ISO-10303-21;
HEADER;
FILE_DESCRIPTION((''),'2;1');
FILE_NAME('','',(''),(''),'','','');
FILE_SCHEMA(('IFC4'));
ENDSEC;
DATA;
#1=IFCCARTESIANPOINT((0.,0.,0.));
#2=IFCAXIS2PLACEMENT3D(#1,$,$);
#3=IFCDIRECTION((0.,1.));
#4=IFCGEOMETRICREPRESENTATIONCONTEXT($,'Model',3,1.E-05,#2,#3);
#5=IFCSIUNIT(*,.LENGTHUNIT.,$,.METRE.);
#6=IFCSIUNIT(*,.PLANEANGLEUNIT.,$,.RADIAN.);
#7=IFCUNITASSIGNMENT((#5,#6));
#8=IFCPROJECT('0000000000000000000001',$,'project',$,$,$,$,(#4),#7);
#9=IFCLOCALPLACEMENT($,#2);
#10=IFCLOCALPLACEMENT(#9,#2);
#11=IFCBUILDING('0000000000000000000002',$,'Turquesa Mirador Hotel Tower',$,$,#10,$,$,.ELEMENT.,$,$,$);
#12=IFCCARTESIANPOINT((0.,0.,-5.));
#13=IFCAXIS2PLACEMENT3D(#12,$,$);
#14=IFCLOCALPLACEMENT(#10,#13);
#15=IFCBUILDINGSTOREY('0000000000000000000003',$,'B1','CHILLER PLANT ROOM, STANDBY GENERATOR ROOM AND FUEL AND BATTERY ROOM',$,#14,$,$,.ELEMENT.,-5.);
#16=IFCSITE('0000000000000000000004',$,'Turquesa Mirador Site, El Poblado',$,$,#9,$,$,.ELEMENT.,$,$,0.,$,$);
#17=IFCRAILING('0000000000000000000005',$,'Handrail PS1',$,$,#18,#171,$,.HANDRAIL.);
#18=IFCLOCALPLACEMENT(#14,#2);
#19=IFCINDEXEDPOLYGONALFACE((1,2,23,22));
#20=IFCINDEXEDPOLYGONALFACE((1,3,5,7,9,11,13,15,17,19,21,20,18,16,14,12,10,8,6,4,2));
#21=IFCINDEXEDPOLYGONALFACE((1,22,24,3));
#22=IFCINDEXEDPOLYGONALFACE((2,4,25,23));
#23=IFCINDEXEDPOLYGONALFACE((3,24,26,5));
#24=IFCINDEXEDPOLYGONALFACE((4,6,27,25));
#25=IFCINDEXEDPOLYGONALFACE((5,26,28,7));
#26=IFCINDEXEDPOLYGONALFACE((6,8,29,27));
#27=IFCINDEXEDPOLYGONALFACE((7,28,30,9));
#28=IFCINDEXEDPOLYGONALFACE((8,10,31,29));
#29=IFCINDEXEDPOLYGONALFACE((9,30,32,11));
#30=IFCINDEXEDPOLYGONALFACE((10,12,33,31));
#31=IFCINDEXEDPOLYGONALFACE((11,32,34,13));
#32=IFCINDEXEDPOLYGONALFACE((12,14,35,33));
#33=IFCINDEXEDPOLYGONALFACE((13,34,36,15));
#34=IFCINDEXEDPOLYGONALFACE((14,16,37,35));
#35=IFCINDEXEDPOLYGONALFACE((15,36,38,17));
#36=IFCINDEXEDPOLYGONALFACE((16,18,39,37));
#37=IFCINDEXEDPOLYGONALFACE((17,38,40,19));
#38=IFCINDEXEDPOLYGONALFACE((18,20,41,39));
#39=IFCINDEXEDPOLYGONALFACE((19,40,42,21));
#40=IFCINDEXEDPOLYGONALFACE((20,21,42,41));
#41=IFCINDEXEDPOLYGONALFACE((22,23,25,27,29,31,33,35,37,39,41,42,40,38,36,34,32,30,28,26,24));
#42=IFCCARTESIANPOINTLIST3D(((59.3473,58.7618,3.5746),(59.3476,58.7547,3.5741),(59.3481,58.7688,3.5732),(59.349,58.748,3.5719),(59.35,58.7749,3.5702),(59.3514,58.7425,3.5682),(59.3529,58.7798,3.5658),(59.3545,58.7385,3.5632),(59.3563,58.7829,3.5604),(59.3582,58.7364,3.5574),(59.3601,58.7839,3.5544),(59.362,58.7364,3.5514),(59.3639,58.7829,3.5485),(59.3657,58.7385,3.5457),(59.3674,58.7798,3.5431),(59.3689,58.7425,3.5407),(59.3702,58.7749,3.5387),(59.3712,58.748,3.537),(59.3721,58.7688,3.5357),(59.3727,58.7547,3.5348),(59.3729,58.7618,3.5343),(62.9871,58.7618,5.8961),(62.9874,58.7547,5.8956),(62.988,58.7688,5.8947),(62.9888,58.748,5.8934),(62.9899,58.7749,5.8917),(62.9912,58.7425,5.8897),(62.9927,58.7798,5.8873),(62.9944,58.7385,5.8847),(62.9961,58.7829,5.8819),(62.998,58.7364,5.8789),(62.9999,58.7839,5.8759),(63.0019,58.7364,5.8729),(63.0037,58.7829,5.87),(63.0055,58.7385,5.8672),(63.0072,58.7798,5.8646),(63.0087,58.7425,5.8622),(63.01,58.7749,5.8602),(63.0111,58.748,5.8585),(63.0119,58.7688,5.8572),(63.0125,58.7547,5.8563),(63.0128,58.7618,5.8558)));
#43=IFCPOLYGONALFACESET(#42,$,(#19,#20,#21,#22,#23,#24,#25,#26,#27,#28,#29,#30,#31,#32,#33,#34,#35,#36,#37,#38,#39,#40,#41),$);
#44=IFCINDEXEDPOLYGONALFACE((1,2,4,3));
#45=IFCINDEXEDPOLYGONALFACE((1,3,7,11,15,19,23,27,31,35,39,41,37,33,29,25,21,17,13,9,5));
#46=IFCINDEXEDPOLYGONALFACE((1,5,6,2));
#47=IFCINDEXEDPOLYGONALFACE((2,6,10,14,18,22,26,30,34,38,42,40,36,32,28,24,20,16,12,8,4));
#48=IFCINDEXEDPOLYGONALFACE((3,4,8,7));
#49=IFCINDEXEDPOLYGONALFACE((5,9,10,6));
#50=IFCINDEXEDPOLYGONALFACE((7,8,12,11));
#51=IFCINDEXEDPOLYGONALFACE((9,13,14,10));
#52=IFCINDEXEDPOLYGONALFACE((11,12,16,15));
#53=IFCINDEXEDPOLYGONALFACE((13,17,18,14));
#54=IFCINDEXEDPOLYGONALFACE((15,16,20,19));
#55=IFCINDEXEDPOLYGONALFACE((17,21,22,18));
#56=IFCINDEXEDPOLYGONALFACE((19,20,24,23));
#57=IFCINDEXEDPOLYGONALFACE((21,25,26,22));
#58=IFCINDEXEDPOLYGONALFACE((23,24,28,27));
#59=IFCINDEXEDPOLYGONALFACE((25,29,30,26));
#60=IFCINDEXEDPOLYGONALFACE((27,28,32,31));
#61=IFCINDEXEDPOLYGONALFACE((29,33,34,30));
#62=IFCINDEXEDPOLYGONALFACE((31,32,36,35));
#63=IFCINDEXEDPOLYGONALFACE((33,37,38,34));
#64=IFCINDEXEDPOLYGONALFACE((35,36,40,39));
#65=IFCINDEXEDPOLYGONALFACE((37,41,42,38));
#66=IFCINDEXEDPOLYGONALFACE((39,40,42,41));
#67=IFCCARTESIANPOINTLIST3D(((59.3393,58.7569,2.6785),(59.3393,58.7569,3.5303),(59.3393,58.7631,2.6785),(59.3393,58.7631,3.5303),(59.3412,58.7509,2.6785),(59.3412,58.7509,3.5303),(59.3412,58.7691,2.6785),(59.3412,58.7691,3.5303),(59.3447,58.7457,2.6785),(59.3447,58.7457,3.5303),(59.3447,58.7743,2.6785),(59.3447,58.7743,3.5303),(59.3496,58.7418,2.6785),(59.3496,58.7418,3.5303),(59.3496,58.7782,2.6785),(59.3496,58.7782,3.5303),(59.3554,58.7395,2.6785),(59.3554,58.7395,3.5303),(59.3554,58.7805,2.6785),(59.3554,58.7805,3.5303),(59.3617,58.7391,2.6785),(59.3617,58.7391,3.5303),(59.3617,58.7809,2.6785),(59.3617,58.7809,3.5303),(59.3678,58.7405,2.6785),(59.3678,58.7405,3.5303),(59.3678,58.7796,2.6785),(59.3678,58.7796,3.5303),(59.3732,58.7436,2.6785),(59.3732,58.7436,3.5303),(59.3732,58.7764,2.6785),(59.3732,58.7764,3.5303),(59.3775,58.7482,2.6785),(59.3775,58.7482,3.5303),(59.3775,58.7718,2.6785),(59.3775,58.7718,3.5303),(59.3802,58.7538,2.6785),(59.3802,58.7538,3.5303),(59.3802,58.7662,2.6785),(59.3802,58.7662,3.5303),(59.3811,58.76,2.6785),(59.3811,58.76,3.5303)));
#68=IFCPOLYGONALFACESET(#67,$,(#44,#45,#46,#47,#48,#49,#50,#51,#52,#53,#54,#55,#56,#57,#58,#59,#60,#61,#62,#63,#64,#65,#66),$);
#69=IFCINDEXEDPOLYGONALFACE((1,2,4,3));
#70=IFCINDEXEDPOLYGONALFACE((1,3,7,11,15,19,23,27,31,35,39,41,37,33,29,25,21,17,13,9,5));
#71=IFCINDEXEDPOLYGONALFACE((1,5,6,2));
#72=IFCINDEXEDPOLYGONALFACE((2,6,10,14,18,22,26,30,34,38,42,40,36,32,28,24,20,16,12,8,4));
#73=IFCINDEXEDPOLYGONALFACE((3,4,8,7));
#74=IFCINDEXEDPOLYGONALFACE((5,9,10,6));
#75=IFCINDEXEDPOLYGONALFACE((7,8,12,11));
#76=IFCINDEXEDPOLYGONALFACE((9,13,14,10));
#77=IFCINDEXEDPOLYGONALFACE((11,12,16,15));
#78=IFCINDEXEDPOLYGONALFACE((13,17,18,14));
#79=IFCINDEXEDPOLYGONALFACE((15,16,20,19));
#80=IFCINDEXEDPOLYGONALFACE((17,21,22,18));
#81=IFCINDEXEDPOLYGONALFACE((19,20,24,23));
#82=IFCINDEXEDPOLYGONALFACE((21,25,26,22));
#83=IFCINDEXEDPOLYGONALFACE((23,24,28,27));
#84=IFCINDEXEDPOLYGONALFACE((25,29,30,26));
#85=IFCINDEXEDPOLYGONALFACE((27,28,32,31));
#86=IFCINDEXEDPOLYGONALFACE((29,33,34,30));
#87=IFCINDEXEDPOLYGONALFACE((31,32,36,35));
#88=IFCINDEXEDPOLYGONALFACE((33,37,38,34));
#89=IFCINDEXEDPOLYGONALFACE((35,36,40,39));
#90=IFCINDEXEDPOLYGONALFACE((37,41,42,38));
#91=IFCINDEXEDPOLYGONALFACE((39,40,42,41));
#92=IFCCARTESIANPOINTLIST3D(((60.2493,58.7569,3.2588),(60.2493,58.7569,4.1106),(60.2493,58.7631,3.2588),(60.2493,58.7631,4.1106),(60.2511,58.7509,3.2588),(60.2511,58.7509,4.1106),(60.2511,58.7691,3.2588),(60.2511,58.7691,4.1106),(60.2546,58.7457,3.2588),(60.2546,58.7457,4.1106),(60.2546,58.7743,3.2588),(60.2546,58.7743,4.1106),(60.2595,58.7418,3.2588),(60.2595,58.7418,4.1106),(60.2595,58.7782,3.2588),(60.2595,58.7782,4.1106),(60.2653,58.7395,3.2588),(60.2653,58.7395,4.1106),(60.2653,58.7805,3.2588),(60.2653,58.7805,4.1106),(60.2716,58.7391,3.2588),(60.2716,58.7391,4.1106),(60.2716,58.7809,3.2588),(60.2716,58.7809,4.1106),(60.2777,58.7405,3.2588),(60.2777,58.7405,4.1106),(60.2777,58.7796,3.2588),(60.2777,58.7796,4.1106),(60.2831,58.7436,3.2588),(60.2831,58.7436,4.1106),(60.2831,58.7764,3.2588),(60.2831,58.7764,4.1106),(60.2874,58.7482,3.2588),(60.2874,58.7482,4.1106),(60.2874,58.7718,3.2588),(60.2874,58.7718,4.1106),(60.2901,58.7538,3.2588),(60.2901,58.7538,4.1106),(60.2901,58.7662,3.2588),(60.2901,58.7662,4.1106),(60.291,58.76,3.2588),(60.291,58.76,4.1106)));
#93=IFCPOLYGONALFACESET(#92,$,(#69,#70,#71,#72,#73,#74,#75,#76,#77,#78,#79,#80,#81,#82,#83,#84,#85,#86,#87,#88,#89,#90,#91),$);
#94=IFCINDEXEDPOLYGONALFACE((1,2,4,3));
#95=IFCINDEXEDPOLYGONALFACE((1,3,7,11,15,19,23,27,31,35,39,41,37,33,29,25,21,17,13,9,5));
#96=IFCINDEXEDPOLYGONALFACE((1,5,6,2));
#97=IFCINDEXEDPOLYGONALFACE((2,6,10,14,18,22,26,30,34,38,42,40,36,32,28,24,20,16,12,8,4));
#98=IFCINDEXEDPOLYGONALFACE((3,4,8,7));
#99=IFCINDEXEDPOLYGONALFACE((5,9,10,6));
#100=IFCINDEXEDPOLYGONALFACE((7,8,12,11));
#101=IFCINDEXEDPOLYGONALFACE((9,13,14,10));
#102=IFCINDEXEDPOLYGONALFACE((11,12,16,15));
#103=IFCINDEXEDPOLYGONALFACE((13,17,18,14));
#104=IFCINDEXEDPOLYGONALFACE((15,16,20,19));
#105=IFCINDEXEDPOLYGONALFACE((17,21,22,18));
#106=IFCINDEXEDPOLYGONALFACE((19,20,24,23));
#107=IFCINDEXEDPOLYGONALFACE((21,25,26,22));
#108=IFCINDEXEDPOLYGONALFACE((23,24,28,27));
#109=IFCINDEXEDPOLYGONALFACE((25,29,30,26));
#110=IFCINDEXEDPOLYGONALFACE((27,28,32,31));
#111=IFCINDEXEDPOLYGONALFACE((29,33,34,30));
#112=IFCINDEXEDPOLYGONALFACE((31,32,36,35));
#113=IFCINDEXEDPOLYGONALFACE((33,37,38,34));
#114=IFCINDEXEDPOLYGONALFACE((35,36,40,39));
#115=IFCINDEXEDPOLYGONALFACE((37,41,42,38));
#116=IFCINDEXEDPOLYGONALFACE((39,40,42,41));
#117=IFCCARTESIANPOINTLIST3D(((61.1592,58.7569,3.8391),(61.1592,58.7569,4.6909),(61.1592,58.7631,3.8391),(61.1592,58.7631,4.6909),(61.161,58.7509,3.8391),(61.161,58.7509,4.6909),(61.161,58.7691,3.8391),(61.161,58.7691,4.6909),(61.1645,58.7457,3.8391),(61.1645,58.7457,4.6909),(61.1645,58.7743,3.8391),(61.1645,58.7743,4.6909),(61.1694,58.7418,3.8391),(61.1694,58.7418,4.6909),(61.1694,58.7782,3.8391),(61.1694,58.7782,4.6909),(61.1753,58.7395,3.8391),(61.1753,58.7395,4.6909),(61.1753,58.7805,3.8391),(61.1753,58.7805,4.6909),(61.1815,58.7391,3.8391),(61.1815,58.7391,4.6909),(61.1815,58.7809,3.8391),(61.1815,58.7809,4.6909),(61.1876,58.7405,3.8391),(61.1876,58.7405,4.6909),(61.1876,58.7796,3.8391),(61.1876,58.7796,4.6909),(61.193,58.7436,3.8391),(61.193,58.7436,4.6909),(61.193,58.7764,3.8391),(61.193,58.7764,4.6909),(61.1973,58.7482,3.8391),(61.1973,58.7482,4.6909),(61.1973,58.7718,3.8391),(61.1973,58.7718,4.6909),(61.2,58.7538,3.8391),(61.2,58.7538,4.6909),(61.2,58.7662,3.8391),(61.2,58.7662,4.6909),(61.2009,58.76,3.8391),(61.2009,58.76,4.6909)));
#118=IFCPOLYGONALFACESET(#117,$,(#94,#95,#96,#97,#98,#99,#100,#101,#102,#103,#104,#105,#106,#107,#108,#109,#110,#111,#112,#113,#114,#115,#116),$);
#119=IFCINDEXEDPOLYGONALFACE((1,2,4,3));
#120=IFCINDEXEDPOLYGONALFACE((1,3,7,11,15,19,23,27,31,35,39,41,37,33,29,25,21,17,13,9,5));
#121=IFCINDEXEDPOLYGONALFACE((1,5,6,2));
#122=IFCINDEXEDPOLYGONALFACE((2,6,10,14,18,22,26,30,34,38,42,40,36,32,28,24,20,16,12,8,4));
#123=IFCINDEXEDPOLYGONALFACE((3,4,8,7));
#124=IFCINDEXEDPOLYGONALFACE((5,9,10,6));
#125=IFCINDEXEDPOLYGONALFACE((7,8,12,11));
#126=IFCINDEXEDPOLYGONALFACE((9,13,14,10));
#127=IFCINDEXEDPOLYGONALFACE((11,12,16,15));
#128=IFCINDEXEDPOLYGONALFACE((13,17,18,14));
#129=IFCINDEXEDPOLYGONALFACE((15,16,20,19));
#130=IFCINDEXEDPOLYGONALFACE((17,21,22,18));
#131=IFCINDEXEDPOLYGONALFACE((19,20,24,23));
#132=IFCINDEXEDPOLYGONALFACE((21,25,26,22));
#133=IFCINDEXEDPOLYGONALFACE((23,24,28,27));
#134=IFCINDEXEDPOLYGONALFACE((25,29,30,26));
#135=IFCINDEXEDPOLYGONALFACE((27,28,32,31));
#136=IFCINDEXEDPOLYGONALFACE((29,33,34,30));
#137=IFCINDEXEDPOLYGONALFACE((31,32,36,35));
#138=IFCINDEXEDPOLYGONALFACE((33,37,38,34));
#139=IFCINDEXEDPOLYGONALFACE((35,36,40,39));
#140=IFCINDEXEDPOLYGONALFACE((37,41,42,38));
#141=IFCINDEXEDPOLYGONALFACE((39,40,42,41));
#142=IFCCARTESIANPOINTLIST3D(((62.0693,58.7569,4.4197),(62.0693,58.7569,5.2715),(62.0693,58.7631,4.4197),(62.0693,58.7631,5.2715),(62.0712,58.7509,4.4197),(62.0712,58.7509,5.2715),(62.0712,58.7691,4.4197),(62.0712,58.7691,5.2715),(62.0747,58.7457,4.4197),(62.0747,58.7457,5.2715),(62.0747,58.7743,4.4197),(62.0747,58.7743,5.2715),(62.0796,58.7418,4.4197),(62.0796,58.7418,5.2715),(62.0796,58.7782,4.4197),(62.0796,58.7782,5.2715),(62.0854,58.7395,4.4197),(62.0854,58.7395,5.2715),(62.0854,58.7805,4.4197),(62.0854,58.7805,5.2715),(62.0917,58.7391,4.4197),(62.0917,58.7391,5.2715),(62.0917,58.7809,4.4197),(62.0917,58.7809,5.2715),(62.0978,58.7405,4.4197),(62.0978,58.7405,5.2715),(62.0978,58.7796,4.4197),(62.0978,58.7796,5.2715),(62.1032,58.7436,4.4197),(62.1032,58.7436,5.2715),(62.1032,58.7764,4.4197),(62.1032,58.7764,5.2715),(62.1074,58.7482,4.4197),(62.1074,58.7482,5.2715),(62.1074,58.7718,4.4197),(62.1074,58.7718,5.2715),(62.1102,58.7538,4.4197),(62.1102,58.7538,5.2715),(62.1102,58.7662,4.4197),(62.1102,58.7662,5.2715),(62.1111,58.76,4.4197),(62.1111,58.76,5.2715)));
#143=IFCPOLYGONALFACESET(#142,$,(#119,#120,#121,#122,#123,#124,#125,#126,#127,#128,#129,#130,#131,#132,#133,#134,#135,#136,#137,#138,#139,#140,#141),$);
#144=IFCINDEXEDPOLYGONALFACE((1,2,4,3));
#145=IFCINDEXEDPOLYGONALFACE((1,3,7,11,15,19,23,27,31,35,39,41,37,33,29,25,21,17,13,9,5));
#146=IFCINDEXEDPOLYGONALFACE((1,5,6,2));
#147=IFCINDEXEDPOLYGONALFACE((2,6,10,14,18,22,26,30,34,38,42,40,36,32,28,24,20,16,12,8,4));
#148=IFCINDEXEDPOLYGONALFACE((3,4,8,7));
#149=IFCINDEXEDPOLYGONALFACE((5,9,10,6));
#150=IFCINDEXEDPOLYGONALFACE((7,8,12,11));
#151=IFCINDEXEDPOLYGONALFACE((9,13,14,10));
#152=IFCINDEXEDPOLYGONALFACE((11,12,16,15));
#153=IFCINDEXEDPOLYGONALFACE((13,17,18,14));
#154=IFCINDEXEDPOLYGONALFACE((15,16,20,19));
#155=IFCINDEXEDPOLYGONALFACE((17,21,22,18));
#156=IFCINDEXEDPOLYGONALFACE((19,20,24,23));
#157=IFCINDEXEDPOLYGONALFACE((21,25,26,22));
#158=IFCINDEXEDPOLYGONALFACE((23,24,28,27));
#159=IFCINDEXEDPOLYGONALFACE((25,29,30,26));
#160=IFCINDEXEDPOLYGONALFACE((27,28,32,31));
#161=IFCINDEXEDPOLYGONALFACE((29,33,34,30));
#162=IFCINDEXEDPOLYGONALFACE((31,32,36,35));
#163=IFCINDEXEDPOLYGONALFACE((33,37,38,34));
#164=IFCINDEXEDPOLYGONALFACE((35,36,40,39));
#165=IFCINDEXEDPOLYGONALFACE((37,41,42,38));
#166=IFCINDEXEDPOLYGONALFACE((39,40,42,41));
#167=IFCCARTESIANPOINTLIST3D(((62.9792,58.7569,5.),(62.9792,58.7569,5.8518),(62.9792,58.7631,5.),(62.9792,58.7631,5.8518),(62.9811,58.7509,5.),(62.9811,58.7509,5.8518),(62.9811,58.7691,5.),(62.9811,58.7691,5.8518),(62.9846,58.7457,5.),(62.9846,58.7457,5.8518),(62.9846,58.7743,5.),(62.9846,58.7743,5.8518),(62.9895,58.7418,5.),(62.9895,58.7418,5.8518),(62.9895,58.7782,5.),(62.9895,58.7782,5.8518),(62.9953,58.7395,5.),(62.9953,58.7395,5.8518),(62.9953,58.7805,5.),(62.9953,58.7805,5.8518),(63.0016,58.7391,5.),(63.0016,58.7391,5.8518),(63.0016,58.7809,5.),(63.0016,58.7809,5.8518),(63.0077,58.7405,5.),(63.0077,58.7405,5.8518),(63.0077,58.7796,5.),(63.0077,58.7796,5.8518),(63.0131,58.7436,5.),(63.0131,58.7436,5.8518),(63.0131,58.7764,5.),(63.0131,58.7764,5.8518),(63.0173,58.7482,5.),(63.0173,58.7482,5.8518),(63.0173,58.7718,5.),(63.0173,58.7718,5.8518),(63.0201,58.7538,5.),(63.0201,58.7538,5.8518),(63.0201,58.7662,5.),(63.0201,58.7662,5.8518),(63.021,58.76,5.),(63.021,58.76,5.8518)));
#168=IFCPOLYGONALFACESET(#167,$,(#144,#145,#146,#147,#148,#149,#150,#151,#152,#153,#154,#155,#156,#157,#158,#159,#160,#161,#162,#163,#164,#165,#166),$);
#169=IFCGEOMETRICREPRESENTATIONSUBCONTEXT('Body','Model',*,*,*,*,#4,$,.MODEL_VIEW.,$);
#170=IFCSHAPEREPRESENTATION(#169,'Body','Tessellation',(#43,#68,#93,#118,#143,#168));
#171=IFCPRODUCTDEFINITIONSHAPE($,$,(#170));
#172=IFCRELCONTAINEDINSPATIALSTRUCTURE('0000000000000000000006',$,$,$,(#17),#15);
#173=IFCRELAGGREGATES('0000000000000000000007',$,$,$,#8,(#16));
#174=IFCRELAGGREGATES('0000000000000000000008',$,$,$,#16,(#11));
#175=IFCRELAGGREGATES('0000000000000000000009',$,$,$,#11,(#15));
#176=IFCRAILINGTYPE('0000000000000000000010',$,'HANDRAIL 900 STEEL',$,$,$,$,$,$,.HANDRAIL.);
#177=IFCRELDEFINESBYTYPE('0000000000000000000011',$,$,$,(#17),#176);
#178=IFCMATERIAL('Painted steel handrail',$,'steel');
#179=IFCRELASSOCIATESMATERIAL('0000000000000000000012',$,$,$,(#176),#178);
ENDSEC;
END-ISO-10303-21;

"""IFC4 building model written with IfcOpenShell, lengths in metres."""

from ifc_helpers import new_model, si_unit, direction, frame, origin, origin_2d, place, context, subcontext, project, spatial, circle, extrude, material, type_object, element, save


model = new_model("IFC4")

# Units and contexts
model_context = context("Model", 3, precision=1e-05, world=origin(), true_north=direction((0.0, 1.0)))
body_context = subcontext(model_context, "Body", "Model", "MODEL_VIEW")
ifc_project = project(units=[si_unit("LENGTHUNIT", "METRE"), si_unit("PLANEANGLEUNIT", "RADIAN")], contexts=[model_context])

# Site, building, storey
site_placement = place(None, origin())
site = spatial("IfcSite", under=ifc_project, at=site_placement, Name="Turquesa Mirador Site, El Poblado", CompositionType="ELEMENT", RefElevation=0.0)
building_placement = place(site_placement, origin())
building = spatial("IfcBuilding", under=site, at=building_placement, Name="Turquesa Mirador Hotel Tower", CompositionType="ELEMENT")
storey_placement = place(building_placement, frame((0.0, 0.0, -5.0)))
storey = spatial("IfcBuildingStorey", under=building, at=storey_placement, Name="B1", Description="CHILLER PLANT ROOM, STANDBY GENERATOR ROOM AND FUEL AND BATTERY ROOM", CompositionType="ELEMENT", Elevation=-5.0)

# Railing
ifc_material_1 = material(Name="Painted steel handrail", Category="steel")
railing_type = type_object("IfcRailingType", Name="HANDRAIL 900 STEEL", PredefinedType="HANDRAIL", material=ifc_material_1)
railing_1_placement = place(storey_placement, frame((59.3601, 58.76, 2.6785)))
element("IfcRailing", 1, at=railing_1_placement, inside=storey, type_object=railing_type, Name="Handrail PS1", PredefinedType="HANDRAIL", context=body_context, shape_type="SweptSolid", body=[
    extrude(circle(Radius=0.0239, at=origin_2d()), frame((0.0, 0.0, 0.876), z_axis=(0.843112, 0.0, 0.537739), x_axis=(0.0, 1.0, 0.0)), (0.0, 0.0, 1.0), 4.3171),
    extrude(circle(Radius=0.021, at=origin_2d()), origin(), (0.0, 0.0, 1.0), 0.8518),
    extrude(circle(Radius=0.021, at=origin_2d()), frame((0.9099, 0.0, 0.5803)), (0.0, 0.0, 1.0), 0.8518),
    extrude(circle(Radius=0.021, at=origin_2d()), frame((1.8198, 0.0, 1.1606)), (0.0, 0.0, 1.0), 0.8518),
    extrude(circle(Radius=0.021, at=origin_2d()), frame((2.73, 0.0, 1.7412)), (0.0, 0.0, 1.0), 0.8518),
    extrude(circle(Radius=0.021, at=origin_2d()), frame((3.6399, 0.0, 2.3215)), (0.0, 0.0, 1.0), 0.8518),
])

save(model, "model.ifc")
